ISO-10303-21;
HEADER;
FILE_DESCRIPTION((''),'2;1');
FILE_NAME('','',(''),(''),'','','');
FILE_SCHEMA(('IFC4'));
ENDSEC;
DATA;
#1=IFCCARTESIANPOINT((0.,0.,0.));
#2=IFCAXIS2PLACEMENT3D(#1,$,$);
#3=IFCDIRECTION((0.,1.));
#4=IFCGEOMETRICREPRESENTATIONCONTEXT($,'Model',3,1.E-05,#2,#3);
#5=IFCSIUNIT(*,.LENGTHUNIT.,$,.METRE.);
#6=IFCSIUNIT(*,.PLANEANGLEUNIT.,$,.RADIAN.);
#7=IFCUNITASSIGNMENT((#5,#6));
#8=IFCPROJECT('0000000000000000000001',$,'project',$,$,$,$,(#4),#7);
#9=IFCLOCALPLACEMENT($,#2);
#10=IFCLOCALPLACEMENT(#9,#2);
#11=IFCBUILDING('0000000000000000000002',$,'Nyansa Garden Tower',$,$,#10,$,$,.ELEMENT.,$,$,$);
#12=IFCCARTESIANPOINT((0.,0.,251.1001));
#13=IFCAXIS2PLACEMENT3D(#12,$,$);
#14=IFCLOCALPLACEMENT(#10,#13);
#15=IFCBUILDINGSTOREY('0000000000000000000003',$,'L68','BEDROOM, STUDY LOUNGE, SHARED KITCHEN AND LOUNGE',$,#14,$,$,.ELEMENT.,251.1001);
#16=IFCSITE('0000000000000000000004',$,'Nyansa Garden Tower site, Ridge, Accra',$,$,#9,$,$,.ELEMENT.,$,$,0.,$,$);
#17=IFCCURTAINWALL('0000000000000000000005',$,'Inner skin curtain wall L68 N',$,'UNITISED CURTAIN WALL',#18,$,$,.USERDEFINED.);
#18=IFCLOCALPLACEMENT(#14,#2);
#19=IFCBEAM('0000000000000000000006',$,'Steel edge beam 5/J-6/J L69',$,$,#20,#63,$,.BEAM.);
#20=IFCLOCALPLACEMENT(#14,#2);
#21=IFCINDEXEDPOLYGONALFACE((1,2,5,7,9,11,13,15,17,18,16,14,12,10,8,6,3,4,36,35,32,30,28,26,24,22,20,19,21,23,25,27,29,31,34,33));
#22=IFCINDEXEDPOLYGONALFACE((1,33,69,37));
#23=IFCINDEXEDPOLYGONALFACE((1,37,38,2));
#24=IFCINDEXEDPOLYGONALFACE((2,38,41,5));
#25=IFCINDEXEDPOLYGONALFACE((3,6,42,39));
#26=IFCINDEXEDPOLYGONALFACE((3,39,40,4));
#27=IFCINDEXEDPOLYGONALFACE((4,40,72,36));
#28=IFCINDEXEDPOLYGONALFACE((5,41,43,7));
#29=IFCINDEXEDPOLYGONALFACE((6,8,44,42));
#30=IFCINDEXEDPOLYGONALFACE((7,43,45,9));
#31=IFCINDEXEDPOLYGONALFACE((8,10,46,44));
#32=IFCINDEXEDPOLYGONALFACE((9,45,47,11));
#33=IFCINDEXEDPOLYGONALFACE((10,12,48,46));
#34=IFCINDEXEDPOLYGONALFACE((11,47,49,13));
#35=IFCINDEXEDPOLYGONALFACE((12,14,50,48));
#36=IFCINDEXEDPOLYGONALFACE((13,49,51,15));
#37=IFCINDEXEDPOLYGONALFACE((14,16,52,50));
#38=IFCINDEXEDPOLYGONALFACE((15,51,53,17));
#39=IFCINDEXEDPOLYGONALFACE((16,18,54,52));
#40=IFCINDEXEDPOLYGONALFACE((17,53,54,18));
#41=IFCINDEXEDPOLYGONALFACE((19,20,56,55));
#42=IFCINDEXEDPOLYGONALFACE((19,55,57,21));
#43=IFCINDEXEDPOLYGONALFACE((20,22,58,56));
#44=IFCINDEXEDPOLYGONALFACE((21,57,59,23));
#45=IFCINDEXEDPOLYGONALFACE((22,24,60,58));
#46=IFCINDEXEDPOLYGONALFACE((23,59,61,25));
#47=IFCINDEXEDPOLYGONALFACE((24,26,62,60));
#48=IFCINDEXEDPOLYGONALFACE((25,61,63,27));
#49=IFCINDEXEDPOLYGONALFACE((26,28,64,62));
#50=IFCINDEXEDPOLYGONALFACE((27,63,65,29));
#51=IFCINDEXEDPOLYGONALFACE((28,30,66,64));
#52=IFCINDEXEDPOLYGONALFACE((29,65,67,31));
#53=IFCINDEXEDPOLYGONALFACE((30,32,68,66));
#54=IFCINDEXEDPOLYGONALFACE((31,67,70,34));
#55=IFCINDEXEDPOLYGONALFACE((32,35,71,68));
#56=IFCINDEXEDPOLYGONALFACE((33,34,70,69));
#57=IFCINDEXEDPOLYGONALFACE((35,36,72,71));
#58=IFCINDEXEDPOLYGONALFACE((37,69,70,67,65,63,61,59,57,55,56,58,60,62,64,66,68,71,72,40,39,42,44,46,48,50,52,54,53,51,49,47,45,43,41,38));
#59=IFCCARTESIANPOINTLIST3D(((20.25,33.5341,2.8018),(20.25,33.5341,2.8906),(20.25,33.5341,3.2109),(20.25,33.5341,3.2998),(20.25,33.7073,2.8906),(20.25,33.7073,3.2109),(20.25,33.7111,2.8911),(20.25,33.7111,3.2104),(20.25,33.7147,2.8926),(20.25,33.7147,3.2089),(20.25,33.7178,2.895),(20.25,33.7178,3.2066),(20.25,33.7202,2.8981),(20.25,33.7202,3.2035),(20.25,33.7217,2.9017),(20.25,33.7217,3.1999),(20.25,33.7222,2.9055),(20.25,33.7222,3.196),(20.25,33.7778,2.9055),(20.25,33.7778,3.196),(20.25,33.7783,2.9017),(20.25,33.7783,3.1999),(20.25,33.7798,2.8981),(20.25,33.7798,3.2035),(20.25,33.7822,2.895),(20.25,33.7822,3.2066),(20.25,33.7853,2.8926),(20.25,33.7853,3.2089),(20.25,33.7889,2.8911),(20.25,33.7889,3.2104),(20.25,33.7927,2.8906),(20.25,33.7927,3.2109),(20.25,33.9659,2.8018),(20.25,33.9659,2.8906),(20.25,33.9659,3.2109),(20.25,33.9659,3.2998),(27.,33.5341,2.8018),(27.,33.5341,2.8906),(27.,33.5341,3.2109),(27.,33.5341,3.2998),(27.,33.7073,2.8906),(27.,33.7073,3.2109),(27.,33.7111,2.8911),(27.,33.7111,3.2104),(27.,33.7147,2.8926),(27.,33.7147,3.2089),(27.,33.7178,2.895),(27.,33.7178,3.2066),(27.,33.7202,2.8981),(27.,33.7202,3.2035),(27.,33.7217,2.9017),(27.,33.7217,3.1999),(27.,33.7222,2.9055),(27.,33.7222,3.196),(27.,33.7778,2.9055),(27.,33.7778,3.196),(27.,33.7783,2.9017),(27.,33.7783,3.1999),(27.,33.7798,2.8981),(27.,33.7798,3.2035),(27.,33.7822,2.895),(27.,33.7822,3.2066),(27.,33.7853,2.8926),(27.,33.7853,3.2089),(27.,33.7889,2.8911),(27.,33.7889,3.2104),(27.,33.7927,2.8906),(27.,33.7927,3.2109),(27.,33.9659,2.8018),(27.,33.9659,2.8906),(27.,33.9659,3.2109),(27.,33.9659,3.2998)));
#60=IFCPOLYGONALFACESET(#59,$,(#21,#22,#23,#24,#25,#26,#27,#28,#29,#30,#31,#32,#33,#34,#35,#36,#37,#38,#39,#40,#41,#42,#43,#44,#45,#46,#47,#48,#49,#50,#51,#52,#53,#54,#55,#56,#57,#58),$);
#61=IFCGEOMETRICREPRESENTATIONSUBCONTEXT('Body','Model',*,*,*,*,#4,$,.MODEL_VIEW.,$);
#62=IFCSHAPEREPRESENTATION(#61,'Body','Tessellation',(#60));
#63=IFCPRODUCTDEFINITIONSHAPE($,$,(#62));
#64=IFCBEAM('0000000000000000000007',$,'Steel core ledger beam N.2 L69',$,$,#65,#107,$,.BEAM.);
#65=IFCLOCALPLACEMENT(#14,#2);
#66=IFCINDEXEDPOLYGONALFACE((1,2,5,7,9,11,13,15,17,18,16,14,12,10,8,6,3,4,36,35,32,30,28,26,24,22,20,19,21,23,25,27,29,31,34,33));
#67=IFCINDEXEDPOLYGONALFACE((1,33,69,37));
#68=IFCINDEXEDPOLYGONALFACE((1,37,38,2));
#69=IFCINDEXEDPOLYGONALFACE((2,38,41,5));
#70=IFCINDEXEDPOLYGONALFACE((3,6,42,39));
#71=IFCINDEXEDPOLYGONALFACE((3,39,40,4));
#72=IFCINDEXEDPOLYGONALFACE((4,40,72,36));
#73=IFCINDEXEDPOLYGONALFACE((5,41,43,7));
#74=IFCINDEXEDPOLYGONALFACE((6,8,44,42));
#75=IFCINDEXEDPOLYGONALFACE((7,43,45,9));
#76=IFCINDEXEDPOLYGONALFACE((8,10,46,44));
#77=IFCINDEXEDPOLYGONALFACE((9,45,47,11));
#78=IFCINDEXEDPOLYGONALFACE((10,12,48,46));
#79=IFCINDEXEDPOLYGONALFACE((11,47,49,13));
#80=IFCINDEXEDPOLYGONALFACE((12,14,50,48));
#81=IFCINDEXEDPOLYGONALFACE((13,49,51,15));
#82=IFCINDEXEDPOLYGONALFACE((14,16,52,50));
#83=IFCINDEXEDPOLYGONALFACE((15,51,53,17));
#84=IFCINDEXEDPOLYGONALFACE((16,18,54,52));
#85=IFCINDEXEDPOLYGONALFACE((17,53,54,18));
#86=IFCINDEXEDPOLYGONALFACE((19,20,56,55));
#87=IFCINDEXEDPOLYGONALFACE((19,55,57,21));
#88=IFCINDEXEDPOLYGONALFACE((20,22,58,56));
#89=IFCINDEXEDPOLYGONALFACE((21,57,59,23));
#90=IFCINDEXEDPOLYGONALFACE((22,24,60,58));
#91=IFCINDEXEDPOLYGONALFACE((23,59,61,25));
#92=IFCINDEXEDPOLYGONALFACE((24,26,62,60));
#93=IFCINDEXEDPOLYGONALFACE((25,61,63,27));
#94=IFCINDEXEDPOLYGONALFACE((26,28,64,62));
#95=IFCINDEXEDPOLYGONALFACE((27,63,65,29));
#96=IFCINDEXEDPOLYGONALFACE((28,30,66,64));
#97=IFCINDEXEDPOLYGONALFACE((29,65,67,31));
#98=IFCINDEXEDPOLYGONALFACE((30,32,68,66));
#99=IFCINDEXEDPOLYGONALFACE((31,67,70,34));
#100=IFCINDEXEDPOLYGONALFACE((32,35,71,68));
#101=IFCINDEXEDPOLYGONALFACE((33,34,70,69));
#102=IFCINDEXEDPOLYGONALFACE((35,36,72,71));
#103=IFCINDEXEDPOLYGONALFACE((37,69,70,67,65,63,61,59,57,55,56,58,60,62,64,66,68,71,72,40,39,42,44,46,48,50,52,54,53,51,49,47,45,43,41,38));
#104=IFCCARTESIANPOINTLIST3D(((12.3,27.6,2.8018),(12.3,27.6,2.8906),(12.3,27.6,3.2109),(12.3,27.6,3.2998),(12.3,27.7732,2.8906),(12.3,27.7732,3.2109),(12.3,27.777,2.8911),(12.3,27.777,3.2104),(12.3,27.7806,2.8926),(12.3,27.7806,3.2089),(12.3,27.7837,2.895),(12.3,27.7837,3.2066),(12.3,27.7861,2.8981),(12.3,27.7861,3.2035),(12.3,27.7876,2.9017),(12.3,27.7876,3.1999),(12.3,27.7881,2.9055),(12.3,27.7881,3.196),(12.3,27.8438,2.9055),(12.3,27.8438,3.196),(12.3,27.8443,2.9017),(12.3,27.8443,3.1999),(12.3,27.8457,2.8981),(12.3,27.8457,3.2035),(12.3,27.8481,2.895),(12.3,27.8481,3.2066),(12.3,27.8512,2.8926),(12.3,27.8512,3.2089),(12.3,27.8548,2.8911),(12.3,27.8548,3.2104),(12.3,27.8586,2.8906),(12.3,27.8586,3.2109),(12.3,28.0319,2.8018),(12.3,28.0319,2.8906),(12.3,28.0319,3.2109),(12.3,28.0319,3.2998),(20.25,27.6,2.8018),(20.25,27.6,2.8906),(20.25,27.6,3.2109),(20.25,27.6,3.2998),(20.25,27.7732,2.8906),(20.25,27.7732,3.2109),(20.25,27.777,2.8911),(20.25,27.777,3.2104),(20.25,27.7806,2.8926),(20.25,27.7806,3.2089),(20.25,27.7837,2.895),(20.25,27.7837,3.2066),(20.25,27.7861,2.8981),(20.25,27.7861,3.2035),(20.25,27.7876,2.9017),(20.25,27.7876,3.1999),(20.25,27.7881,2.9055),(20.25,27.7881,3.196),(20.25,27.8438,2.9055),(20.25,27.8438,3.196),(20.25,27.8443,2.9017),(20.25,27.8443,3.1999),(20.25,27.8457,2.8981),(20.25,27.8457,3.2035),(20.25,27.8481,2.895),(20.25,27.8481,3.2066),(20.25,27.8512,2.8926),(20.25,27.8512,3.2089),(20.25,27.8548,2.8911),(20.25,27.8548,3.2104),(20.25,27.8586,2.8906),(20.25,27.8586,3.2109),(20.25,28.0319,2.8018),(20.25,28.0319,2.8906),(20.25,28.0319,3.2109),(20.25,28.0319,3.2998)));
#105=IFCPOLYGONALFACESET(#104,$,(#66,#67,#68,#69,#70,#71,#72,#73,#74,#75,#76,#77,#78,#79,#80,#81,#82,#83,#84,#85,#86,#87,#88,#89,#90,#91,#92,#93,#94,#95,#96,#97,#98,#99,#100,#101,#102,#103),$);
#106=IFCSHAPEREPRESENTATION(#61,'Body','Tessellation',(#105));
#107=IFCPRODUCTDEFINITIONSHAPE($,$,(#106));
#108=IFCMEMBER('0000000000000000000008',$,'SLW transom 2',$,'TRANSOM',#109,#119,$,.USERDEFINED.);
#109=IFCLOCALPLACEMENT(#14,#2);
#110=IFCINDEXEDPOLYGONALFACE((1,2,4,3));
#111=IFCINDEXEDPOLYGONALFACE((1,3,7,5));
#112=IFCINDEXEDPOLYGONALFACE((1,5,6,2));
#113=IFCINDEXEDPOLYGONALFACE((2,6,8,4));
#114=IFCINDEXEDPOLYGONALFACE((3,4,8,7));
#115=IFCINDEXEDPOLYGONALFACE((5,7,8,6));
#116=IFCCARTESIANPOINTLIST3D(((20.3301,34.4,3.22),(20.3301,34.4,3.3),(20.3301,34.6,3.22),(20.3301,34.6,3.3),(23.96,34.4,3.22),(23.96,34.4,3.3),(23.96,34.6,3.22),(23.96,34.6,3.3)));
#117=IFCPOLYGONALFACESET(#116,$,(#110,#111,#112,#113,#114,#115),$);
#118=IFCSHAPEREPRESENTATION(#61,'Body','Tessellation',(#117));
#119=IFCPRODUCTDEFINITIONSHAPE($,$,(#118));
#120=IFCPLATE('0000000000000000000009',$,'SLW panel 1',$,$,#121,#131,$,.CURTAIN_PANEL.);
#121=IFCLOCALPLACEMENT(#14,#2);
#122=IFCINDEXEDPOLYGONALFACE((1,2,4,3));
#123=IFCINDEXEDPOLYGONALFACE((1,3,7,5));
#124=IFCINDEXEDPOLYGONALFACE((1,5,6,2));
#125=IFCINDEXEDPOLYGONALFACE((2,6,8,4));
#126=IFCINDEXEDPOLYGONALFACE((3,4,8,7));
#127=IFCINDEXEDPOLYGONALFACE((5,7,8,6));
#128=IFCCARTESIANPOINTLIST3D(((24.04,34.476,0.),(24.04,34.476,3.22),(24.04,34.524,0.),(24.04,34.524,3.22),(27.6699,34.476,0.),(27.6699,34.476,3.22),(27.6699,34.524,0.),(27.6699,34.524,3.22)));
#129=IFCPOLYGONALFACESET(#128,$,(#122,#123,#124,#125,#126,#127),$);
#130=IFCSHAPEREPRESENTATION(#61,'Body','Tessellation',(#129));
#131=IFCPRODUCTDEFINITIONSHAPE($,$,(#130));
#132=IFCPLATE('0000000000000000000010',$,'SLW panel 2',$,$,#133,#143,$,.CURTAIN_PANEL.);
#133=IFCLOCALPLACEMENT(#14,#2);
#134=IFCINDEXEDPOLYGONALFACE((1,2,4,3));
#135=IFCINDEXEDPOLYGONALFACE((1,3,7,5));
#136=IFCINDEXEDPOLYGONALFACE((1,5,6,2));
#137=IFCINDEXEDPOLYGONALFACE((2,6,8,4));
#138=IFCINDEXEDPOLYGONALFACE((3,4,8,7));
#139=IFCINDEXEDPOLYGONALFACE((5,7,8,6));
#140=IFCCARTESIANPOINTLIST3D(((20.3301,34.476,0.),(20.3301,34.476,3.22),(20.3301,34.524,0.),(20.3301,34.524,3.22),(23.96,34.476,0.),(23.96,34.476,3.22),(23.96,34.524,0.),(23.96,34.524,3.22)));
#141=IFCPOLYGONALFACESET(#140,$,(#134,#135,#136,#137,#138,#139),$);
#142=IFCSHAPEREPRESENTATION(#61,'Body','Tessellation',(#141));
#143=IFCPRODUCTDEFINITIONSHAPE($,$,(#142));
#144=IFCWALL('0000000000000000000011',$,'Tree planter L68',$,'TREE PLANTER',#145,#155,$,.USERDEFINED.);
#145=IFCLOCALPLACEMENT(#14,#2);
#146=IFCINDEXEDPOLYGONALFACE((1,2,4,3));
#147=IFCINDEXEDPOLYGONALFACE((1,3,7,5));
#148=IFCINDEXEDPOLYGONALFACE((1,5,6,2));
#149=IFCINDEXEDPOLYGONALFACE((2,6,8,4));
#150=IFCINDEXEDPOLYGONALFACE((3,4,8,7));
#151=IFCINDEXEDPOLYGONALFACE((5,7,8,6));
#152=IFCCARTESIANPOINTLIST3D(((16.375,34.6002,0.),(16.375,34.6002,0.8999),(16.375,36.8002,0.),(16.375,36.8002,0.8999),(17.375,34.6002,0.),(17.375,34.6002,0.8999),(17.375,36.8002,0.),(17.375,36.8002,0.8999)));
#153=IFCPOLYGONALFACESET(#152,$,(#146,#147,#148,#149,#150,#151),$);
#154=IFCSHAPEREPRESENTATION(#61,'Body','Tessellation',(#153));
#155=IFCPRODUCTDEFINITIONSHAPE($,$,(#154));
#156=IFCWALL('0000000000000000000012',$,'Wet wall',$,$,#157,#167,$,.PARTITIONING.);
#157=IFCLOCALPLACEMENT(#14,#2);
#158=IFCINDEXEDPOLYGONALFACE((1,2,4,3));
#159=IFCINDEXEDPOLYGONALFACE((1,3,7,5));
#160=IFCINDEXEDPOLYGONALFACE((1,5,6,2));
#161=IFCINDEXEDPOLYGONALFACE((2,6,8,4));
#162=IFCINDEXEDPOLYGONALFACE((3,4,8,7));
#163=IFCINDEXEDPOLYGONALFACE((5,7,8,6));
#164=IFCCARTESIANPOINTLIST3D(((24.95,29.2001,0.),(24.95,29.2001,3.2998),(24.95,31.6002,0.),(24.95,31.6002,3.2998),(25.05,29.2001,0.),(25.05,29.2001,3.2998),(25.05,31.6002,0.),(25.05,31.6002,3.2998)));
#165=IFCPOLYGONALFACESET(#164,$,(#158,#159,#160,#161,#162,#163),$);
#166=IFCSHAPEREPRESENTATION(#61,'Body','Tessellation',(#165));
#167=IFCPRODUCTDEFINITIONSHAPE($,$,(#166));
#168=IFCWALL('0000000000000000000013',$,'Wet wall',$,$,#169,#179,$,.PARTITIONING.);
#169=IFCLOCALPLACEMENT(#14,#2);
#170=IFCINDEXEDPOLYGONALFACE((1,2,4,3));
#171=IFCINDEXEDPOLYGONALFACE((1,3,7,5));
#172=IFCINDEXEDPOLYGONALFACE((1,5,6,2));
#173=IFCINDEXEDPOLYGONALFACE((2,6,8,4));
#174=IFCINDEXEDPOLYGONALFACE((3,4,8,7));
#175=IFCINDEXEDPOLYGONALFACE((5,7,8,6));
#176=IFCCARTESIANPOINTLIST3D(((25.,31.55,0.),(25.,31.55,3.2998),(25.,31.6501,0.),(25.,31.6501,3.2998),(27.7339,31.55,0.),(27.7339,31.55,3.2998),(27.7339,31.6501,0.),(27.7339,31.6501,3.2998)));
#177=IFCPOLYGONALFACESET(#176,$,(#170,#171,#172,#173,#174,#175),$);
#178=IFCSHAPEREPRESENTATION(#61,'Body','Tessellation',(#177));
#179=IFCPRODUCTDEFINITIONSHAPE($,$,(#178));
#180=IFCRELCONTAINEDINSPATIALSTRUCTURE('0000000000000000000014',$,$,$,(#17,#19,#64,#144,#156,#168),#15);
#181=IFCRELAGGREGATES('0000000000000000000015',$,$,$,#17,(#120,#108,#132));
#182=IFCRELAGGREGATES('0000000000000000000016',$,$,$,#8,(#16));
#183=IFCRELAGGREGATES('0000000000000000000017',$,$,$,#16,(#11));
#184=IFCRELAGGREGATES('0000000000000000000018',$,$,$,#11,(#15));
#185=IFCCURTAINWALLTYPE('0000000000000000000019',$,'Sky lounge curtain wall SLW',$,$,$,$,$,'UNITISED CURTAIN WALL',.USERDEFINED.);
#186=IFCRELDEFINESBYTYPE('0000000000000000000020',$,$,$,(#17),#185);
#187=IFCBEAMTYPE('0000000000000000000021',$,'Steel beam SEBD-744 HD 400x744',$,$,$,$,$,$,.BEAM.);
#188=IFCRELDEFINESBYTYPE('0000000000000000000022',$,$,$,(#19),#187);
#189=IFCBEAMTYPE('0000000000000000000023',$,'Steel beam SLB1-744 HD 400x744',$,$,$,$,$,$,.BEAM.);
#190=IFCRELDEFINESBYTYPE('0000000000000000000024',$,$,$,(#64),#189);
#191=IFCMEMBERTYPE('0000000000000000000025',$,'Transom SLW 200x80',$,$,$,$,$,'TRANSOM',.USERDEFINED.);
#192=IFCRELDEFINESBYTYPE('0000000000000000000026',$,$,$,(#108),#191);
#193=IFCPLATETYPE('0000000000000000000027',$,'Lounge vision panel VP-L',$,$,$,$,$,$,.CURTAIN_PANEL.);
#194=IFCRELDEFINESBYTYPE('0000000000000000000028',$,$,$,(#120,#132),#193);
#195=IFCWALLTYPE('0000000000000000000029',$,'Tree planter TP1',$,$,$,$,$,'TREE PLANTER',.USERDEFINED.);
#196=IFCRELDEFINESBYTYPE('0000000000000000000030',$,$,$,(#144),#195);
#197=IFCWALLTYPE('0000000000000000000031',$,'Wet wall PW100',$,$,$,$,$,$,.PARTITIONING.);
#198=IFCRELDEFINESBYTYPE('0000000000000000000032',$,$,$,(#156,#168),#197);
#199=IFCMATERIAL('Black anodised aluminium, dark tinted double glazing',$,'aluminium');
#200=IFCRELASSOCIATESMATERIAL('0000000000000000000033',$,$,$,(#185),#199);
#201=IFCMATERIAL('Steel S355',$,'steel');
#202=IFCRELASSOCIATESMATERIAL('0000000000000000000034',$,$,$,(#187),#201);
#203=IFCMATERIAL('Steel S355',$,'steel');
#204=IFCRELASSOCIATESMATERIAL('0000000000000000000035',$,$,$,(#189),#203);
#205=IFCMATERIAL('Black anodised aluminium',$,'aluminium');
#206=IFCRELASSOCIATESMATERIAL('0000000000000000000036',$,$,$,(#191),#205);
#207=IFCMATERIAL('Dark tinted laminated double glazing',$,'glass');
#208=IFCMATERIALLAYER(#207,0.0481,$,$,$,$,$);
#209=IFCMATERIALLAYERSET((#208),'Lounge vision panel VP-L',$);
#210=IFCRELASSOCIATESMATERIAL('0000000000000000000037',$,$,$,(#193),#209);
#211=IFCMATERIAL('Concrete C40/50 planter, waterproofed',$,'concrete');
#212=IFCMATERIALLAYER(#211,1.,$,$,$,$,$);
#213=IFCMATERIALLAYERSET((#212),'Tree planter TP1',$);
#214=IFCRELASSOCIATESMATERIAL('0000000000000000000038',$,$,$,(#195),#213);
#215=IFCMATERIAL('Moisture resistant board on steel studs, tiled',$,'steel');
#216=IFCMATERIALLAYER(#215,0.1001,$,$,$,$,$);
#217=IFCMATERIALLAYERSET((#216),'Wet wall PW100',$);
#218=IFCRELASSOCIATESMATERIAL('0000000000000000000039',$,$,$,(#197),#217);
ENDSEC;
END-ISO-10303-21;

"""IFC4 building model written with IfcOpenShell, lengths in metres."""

from ifc_helpers import new_model, si_unit, direction, frame, frame_2d, origin, origin_2d, place, context, subcontext, project, spatial, rectangle, i_section, extrude, material, layer, layer_set, material_profile, profile_set, type_object, element, aggregate, save


model = new_model("IFC4")

# Units and contexts
model_context = context("Model", 3, precision=1e-05, world=origin(), true_north=direction((0.0, 1.0)))
body_context = subcontext(model_context, "Body", "Model", "MODEL_VIEW")
ifc_project = project(units=[si_unit("LENGTHUNIT", "METRE"), si_unit("PLANEANGLEUNIT", "RADIAN")], contexts=[model_context])

# Site, building, storey
site_placement = place(None, origin())
site = spatial("IfcSite", under=ifc_project, at=site_placement, Name="Nyansa Garden Tower site, Ridge, Accra", CompositionType="ELEMENT", RefElevation=0.0)
building_placement = place(site_placement, origin())
building = spatial("IfcBuilding", under=site, at=building_placement, Name="Nyansa Garden Tower", CompositionType="ELEMENT")
storey_placement = place(building_placement, frame((0.0, 0.0, 251.1001)))
storey = spatial("IfcBuildingStorey", under=building, at=storey_placement, Name="L68", Description="BEDROOM, STUDY LOUNGE, SHARED KITCHEN AND LOUNGE", CompositionType="ELEMENT", Elevation=251.1001)

# Curtain wall
ifc_material_1 = material(Name="Black anodised aluminium, dark tinted double glazing", Category="aluminium")
curtain_wall_type = type_object("IfcCurtainWallType", Name="Sky lounge curtain wall SLW", ElementType="UNITISED CURTAIN WALL", PredefinedType="USERDEFINED", material=ifc_material_1)
curtain_wall_placement = place(storey_placement, origin())
curtain_wall = element("IfcCurtainWall", 1, at=curtain_wall_placement, inside=storey, type_object=curtain_wall_type, Name="Inner skin curtain wall L68 N", ObjectType="UNITISED CURTAIN WALL", PredefinedType="USERDEFINED")

# Beams
ifc_material_2 = material(Name="Steel S355", Category="steel")
ifc_material_profile_1 = material_profile(ifc_material_2, i_section(OverallWidth=0.4319, OverallDepth=0.498, WebThickness=0.0557, FlangeThickness=0.0889, FilletRadius=0.0149, at=origin_2d()), Name="HD 400x744")
ifc_profile_set_1 = profile_set([ifc_material_profile_1], Name="Steel S355")
beam_type_1 = type_object("IfcBeamType", Name="Steel beam SEBD-744 HD 400x744", PredefinedType="BEAM", material=ifc_profile_set_1)
beam_1_placement = place(storey_placement, frame((20.25, 33.75, 3.0508), z_axis=(1.0, 0.0, 0.0), x_axis=(0.0, 1.0, 0.0)))
element("IfcBeam", 2, at=beam_1_placement, inside=storey, type_object=beam_type_1, Name="Steel edge beam 5/J-6/J L69", PredefinedType="BEAM", context=body_context, shape_type="SweptSolid", body=[
    extrude(i_section(OverallWidth=0.4319, OverallDepth=0.498, WebThickness=0.0557, FlangeThickness=0.0889, FilletRadius=0.0149, at=origin_2d()), origin(), (0.0, 0.0, 1.0), 6.75),
])
ifc_material_3 = material(Name="Steel S355", Category="steel")
ifc_material_profile_2 = material_profile(ifc_material_3, i_section(OverallWidth=0.4319, OverallDepth=0.498, WebThickness=0.0557, FlangeThickness=0.0889, FilletRadius=0.0149, at=origin_2d()), Name="HD 400x744")
ifc_profile_set_2 = profile_set([ifc_material_profile_2], Name="Steel S355")
beam_type_2 = type_object("IfcBeamType", Name="Steel beam SLB1-744 HD 400x744", PredefinedType="BEAM", material=ifc_profile_set_2)
beam_2_placement = place(storey_placement, frame((20.25, 27.8159, 3.0508), z_axis=(-1.0, 0.0, 0.0), x_axis=(0.0, -1.0, 0.0)))
element("IfcBeam", 3, at=beam_2_placement, inside=storey, type_object=beam_type_2, Name="Steel core ledger beam N.2 L69", PredefinedType="BEAM", context=body_context, shape_type="SweptSolid", body=[
    extrude(i_section(OverallWidth=0.4319, OverallDepth=0.498, WebThickness=0.0557, FlangeThickness=0.0889, FilletRadius=0.0149, at=origin_2d()), origin(), (0.0, 0.0, 1.0), 7.95),
])

# Member
ifc_material_4 = material(Name="Black anodised aluminium", Category="aluminium")
ifc_material_profile_3 = material_profile(ifc_material_4, rectangle(XDim=0.2, YDim=0.0801, at=origin_2d()), Name="Transom 200x80")
ifc_profile_set_3 = profile_set([ifc_material_profile_3], Name="Black anodised aluminium")
member_type_1 = type_object("IfcMemberType", Name="Transom SLW 200x80", ElementType="TRANSOM", PredefinedType="USERDEFINED", material=ifc_profile_set_3)
member_1_placement = place(storey_placement, frame((23.96, 34.5, 3.26), z_axis=(-1.0, 0.0, 0.0), x_axis=(0.0, -1.0, 0.0)))
member_1 = element("IfcMember", 4, at=member_1_placement, type_object=member_type_1, Name="SLW transom 2", ObjectType="TRANSOM", PredefinedType="USERDEFINED", context=body_context, shape_type="SweptSolid", body=[
    extrude(rectangle(XDim=0.2, YDim=0.0801, at=origin_2d()), origin(), (0.0, 0.0, 1.0), 3.6299),
])

# Plates
ifc_material_5 = material(Name="Dark tinted laminated double glazing", Category="glass")
ifc_layer_1 = layer(ifc_material_5, 0.0481)
ifc_layer_set_1 = layer_set([ifc_layer_1], Name="Lounge vision panel VP-L")
plate_type = type_object("IfcPlateType", Name="Lounge vision panel VP-L", PredefinedType="CURTAIN_PANEL", material=ifc_layer_set_1)
plate_1_placement = place(storey_placement, frame((25.855, 34.5, 0.0), z_axis=(0.0, 0.0, 1.0), x_axis=(-1.0, 0.0, 0.0)))
plate_1 = element("IfcPlate", 5, at=plate_1_placement, type_object=plate_type, Name="SLW panel 1", PredefinedType="CURTAIN_PANEL", context=body_context, shape_type="SweptSolid", body=[
    extrude(rectangle(XDim=3.6299, YDim=0.0481, at=origin_2d()), origin(), (0.0, 0.0, 1.0), 3.22),
])
plate_2_placement = place(storey_placement, frame((22.145, 34.5, 0.0), z_axis=(0.0, 0.0, 1.0), x_axis=(-1.0, 0.0, 0.0)))
plate_2 = element("IfcPlate", 6, at=plate_2_placement, type_object=plate_type, Name="SLW panel 2", PredefinedType="CURTAIN_PANEL", context=body_context, shape_type="SweptSolid", body=[
    extrude(rectangle(XDim=3.6299, YDim=0.0481, at=origin_2d()), origin(), (0.0, 0.0, 1.0), 3.22),
])
aggregate(curtain_wall, [plate_1, member_1, plate_2])

# Walls
ifc_material_6 = material(Name="Concrete C40/50 planter, waterproofed", Category="concrete")
ifc_layer_2 = layer(ifc_material_6, 1.0)
ifc_layer_set_2 = layer_set([ifc_layer_2], Name="Tree planter TP1")
wall_type_1 = type_object("IfcWallType", Name="Tree planter TP1", ElementType="TREE PLANTER", PredefinedType="USERDEFINED", material=ifc_layer_set_2)
wall_1_placement = place(storey_placement, frame((16.875, 34.6001, 0.0), z_axis=(0.0, 0.0, 1.0), x_axis=(0.0, 1.0, 0.0)))
element("IfcWall", 7, at=wall_1_placement, inside=storey, type_object=wall_type_1, Name="Tree planter L68", ObjectType="TREE PLANTER", PredefinedType="USERDEFINED", context=body_context, shape_type="SweptSolid", body=[
    extrude(rectangle(XDim=2.2, YDim=1.0, at=frame_2d((1.1001, 0.0))), origin(), (0.0, 0.0, 1.0), 0.8999),
])
ifc_material_7 = material(Name="Moisture resistant board on steel studs, tiled", Category="steel")
ifc_layer_3 = layer(ifc_material_7, 0.1001)
ifc_layer_set_3 = layer_set([ifc_layer_3], Name="Wet wall PW100")
wall_type_2 = type_object("IfcWallType", Name="Wet wall PW100", PredefinedType="PARTITIONING", material=ifc_layer_set_3)
wall_2_placement = place(storey_placement, frame((25.0, 29.2, 0.0), z_axis=(0.0, 0.0, 1.0), x_axis=(0.0, 1.0, 0.0)))
element("IfcWall", 8, at=wall_2_placement, inside=storey, type_object=wall_type_2, Name="Wet wall", PredefinedType="PARTITIONING", context=body_context, shape_type="SweptSolid", body=[
    extrude(rectangle(XDim=2.4001, YDim=0.1001, at=frame_2d((1.2002, 0.0))), origin(), (0.0, 0.0, 1.0), 3.2998),
])
wall_3_placement = place(storey_placement, frame((25.0, 31.6001, 0.0), z_axis=(0.0, 0.0, 1.0), x_axis=(1.0, 0.0, 0.0)))
element("IfcWall", 9, at=wall_3_placement, inside=storey, type_object=wall_type_2, Name="Wet wall", PredefinedType="PARTITIONING", context=body_context, shape_type="SweptSolid", body=[
    extrude(rectangle(XDim=2.7339, YDim=0.1001, at=frame_2d((1.3669, 0.0))), origin(), (0.0, 0.0, 1.0), 3.2998),
])

save(model, "model.ifc")
